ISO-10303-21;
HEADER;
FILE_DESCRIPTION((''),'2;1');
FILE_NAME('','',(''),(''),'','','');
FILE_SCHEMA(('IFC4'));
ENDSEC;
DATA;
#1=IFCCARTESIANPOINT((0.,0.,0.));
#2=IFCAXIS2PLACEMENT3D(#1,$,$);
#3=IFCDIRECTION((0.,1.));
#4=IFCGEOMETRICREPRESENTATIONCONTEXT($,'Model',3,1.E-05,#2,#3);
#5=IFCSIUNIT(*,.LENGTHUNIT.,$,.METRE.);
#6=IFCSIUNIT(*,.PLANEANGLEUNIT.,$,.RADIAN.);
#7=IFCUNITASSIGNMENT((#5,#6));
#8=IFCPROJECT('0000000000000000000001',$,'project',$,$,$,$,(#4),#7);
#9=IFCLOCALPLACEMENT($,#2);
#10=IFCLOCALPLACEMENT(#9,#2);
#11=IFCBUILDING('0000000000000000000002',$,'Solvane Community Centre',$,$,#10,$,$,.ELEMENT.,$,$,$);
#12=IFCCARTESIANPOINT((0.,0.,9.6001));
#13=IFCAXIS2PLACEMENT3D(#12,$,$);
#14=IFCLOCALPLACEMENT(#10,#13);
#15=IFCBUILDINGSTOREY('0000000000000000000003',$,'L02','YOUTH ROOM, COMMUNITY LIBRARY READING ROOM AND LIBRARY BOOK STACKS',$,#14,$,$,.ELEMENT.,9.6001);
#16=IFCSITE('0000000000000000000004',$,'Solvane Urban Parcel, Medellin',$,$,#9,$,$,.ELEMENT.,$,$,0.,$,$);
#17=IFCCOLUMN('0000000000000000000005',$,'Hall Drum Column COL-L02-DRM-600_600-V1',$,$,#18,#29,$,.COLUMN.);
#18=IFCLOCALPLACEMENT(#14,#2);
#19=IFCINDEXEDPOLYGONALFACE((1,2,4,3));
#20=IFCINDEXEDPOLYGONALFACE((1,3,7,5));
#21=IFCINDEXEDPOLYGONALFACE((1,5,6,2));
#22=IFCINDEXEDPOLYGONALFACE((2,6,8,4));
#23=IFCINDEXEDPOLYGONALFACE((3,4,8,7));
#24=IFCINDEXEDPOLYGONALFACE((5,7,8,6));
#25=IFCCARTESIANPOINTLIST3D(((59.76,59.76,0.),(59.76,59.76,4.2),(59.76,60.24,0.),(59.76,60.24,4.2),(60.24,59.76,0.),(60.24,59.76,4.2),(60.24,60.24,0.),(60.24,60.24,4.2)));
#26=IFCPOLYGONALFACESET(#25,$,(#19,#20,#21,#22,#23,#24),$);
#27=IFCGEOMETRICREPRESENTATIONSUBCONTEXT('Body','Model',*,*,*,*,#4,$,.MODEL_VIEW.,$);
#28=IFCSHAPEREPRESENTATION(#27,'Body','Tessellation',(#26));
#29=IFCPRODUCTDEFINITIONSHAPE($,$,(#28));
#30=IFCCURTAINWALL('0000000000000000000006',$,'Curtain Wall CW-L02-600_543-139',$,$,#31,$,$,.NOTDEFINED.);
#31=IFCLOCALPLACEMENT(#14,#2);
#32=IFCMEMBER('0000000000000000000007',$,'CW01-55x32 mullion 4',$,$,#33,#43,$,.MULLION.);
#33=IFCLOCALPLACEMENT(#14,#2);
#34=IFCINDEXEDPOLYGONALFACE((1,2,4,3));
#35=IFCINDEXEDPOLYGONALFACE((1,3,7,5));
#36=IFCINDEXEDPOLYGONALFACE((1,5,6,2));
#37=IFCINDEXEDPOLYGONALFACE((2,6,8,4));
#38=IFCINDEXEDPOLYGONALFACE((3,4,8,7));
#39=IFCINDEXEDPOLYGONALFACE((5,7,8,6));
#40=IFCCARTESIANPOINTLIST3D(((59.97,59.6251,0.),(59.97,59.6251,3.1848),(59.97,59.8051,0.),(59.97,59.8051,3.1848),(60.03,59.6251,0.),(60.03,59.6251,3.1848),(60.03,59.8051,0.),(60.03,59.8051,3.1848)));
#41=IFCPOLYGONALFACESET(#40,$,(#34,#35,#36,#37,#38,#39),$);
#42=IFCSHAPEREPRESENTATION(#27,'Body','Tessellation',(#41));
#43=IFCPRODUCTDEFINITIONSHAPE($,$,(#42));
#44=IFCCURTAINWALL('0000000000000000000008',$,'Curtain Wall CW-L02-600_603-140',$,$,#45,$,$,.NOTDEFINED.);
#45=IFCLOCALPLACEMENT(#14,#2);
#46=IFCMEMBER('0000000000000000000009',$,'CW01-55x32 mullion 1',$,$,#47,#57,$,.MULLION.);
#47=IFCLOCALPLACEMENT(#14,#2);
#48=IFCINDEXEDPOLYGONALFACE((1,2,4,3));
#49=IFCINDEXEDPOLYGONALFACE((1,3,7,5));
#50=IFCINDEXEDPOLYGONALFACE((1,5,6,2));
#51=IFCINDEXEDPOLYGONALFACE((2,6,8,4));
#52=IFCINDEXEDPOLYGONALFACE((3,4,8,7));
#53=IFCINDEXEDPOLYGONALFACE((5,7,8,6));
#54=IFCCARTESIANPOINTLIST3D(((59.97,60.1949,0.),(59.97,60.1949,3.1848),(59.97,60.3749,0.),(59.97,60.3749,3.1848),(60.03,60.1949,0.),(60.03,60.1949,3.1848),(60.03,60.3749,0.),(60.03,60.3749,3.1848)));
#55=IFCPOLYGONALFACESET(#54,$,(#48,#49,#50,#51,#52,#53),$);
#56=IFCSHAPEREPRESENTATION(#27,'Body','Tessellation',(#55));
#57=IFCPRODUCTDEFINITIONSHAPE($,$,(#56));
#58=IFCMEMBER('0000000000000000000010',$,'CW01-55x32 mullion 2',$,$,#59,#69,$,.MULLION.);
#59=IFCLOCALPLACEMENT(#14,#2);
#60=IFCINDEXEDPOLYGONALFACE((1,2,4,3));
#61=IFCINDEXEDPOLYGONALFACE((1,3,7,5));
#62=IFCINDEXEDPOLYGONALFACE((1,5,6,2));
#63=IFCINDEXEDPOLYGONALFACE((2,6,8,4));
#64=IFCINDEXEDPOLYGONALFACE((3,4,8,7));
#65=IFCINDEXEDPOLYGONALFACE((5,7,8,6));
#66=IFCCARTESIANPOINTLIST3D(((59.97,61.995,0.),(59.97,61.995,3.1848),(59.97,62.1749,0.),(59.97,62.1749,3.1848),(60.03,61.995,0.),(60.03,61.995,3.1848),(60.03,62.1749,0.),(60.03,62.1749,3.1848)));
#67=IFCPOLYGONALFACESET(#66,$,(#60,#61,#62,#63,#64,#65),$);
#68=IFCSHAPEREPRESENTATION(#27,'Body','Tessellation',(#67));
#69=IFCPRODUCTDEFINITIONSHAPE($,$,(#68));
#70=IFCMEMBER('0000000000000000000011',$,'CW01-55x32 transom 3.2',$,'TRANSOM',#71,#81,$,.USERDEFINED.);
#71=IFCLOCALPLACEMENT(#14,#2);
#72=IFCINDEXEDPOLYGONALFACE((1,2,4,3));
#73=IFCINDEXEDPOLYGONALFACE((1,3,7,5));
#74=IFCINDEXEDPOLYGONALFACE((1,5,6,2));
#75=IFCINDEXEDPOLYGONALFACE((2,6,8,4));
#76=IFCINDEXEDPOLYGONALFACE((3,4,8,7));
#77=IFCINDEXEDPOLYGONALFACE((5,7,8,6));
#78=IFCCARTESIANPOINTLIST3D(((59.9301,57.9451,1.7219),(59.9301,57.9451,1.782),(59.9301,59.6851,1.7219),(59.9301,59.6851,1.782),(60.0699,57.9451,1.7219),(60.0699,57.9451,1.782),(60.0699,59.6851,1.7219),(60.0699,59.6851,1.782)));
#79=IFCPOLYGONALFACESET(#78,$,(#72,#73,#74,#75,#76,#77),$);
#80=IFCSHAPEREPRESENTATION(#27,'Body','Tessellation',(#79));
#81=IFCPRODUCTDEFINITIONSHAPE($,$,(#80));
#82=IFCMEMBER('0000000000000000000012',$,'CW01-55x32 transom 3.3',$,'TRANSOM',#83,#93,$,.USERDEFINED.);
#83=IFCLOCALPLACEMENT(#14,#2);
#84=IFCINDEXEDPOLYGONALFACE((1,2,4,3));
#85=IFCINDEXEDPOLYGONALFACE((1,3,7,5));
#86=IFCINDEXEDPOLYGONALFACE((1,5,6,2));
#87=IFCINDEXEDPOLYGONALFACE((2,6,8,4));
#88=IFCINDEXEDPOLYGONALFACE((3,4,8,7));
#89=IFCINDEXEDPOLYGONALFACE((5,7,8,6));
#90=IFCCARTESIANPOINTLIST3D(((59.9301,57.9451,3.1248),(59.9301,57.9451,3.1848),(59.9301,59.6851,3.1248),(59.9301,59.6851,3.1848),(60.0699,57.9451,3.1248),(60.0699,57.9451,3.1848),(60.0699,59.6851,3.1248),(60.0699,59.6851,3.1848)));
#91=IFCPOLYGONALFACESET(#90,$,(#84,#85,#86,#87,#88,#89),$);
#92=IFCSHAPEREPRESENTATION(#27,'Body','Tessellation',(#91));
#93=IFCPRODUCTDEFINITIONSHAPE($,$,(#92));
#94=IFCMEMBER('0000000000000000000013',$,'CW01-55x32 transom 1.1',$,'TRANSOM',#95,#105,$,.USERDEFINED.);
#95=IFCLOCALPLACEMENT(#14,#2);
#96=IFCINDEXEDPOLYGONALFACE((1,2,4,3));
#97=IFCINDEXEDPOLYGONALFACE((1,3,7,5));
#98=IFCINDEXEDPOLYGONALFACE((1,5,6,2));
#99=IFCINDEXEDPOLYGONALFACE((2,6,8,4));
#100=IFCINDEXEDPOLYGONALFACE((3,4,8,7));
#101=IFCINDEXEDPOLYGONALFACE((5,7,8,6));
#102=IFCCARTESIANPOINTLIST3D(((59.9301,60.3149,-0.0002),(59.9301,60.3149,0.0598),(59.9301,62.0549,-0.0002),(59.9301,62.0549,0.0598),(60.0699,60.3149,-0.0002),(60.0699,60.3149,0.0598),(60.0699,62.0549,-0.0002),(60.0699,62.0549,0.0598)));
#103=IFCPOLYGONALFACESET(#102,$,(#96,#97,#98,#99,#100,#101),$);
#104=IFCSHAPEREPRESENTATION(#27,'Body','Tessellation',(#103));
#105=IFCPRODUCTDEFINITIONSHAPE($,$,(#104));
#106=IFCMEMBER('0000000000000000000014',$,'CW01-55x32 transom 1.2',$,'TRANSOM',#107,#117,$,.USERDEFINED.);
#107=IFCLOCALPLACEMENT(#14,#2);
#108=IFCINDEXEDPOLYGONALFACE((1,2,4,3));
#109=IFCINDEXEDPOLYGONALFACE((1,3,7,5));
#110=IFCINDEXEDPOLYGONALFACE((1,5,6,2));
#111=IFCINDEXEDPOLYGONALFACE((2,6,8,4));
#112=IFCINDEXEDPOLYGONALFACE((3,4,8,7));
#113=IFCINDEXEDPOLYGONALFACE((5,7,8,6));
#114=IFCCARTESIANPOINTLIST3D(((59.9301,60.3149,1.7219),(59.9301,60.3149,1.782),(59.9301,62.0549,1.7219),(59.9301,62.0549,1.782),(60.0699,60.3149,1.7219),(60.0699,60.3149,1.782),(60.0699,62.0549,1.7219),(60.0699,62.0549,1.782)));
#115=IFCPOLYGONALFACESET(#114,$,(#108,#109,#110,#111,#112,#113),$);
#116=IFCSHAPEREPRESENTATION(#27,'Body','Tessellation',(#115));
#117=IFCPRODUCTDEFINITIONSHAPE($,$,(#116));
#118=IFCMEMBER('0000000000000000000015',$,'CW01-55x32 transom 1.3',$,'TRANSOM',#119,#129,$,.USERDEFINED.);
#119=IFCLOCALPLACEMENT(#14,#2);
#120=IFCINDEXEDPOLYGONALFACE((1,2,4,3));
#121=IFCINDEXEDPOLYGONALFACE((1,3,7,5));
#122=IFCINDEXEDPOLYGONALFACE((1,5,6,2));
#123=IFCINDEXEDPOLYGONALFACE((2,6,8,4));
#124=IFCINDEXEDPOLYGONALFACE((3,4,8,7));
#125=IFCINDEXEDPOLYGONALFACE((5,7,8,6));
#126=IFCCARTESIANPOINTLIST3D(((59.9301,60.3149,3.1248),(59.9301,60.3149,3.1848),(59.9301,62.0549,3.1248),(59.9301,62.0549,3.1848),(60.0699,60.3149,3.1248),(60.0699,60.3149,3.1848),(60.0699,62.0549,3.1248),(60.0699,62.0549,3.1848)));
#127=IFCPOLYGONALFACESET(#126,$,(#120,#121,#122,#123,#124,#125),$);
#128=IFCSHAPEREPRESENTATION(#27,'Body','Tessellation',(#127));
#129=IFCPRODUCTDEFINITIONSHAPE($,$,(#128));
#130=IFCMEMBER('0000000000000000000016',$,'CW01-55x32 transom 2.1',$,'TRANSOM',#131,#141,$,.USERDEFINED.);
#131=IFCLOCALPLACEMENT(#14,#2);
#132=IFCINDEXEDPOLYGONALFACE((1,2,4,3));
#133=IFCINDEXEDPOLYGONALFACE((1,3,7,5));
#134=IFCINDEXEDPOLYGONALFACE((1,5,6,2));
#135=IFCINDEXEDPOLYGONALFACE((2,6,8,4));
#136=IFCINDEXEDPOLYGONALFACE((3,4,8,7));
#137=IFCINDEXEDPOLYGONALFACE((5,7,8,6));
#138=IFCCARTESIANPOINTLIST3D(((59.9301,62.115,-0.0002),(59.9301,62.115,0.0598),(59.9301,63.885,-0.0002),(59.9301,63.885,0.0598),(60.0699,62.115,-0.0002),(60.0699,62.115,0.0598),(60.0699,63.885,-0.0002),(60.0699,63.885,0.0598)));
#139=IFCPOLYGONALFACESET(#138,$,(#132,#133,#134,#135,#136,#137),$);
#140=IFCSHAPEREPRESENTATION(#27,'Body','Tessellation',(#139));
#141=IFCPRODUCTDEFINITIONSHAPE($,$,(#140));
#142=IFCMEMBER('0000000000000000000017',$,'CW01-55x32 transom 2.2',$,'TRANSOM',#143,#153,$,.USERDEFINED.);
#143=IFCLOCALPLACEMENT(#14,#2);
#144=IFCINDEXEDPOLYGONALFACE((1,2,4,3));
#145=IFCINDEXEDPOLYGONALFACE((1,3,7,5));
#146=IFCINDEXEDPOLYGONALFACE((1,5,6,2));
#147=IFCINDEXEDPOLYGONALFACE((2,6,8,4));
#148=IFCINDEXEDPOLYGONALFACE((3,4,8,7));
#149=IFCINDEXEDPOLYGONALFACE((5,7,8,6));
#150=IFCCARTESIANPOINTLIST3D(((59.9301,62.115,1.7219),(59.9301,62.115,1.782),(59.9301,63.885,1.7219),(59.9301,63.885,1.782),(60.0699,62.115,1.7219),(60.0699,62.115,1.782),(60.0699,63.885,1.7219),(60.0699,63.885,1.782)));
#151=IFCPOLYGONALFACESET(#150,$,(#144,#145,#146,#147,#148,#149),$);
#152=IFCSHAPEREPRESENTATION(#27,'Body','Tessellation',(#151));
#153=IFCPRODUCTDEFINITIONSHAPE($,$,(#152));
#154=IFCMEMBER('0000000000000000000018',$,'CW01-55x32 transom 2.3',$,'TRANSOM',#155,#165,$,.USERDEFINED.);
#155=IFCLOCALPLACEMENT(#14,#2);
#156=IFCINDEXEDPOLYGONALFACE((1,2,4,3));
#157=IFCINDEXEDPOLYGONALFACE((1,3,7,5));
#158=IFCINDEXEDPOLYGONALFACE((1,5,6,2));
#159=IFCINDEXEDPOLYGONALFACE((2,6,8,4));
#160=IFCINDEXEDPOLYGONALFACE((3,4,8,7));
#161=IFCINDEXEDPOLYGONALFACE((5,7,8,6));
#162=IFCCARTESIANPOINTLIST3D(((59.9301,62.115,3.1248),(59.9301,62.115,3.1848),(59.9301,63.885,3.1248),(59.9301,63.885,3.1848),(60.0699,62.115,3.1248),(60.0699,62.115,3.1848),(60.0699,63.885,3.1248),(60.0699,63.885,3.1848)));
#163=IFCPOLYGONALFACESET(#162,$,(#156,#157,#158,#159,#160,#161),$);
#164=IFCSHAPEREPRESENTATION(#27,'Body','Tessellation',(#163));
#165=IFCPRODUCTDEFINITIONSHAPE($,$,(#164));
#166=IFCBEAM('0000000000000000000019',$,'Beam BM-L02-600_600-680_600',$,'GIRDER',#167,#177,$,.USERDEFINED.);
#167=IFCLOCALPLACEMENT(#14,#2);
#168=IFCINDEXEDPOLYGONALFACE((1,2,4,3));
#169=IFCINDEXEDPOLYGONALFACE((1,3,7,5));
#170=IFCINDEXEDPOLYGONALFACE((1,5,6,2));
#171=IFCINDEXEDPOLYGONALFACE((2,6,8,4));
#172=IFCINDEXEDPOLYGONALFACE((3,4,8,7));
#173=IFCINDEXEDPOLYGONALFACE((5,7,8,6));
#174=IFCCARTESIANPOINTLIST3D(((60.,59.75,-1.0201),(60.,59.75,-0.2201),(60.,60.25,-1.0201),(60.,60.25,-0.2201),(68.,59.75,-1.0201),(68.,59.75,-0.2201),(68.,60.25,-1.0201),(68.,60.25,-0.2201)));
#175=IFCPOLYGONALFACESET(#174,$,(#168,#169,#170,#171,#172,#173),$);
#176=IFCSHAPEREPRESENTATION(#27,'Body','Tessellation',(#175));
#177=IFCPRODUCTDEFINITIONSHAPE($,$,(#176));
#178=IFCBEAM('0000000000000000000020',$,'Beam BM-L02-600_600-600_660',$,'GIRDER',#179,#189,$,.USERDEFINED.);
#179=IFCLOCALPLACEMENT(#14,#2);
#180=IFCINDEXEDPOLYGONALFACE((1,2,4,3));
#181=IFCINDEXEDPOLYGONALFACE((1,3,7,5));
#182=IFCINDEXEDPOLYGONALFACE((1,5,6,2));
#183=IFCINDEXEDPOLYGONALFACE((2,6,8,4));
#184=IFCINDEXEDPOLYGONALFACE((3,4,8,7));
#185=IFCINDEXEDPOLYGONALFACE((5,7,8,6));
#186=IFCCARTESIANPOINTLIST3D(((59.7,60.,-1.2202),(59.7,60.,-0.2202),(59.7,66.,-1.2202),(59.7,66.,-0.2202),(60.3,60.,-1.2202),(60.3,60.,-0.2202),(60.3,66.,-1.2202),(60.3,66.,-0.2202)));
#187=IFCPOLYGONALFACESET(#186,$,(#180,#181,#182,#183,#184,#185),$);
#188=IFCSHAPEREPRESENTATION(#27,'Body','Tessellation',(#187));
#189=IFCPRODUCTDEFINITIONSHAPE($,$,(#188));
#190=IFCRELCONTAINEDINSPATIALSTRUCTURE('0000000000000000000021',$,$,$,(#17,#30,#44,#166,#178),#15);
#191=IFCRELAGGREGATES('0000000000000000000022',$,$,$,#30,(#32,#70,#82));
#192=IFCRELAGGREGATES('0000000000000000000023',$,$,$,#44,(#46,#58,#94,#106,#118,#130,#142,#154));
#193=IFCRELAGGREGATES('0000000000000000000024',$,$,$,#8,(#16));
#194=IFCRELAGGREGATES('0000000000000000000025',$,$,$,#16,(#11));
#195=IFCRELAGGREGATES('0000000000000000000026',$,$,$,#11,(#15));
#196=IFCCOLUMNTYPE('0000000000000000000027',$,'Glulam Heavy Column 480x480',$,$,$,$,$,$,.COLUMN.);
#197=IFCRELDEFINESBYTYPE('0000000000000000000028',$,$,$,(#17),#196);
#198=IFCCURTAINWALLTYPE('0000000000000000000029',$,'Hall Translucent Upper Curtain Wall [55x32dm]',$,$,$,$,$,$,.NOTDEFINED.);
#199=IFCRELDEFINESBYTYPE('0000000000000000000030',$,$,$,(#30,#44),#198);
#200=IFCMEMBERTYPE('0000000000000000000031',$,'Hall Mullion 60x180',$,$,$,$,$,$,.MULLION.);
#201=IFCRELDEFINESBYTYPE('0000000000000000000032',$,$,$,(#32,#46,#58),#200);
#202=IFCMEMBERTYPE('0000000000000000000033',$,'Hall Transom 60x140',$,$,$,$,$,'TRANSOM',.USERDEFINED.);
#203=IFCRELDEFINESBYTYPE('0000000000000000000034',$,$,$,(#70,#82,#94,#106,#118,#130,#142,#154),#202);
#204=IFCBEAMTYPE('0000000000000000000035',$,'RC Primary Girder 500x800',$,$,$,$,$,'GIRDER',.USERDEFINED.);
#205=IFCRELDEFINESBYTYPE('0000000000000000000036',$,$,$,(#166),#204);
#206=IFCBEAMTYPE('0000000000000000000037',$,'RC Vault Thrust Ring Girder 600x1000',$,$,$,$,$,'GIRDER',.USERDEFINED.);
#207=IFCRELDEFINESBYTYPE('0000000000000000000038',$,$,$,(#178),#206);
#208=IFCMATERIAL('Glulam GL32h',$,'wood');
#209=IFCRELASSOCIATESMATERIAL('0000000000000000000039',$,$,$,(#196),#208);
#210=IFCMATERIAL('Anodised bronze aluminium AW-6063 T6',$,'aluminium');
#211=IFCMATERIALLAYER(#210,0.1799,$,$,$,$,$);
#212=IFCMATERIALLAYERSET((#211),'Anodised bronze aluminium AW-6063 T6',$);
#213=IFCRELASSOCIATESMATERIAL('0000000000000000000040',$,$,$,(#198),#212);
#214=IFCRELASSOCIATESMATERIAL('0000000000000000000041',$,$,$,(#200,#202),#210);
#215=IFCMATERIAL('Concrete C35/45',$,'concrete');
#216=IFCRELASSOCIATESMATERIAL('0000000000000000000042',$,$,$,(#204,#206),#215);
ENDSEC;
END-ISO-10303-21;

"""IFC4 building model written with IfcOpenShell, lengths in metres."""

from ifc_helpers import new_model, si_unit, direction, frame, origin, origin_2d, place, context, subcontext, project, spatial, rectangle, extrude, material, layer, layer_set, material_profile, profile_set, type_object, element, aggregate, save


model = new_model("IFC4")

# Units and contexts
model_context = context("Model", 3, precision=1e-05, world=origin(), true_north=direction((0.0, 1.0)))
body_context = subcontext(model_context, "Body", "Model", "MODEL_VIEW")
ifc_project = project(units=[si_unit("LENGTHUNIT", "METRE"), si_unit("PLANEANGLEUNIT", "RADIAN")], contexts=[model_context])

# Site, building, storey
site_placement = place(None, origin())
site = spatial("IfcSite", under=ifc_project, at=site_placement, Name="Solvane Urban Parcel, Medellin", CompositionType="ELEMENT", RefElevation=0.0)
building_placement = place(site_placement, origin())
building = spatial("IfcBuilding", under=site, at=building_placement, Name="Solvane Community Centre", CompositionType="ELEMENT")
storey_placement = place(building_placement, frame((0.0, 0.0, 9.6001)))
storey = spatial("IfcBuildingStorey", under=building, at=storey_placement, Name="L02", Description="YOUTH ROOM, COMMUNITY LIBRARY READING ROOM AND LIBRARY BOOK STACKS", CompositionType="ELEMENT", Elevation=9.6001)

# Column
ifc_material_1 = material(Name="Glulam GL32h", Category="wood")
ifc_material_profile_1 = material_profile(ifc_material_1, rectangle(XDim=0.48, YDim=0.48, at=origin_2d()), Name="GL32h 480x480")
ifc_profile_set_1 = profile_set([ifc_material_profile_1], Name="Glulam GL32h")
column_type = type_object("IfcColumnType", Name="Glulam Heavy Column 480x480", PredefinedType="COLUMN", material=ifc_profile_set_1)
column_placement = place(storey_placement, frame((60.0, 60.0, 0.0), z_axis=(0.0, 0.0, 1.0), x_axis=(1.0, 0.0, 0.0)))
element("IfcColumn", 1, at=column_placement, inside=storey, type_object=column_type, Name="Hall Drum Column COL-L02-DRM-600_600-V1", PredefinedType="COLUMN", context=body_context, shape_type="SweptSolid", body=[
    extrude(rectangle(XDim=0.48, YDim=0.48, at=origin_2d()), origin(), (0.0, 0.0, 1.0), 4.2),
])

# Curtain wall, member
ifc_material_2 = material(Name="Anodised bronze aluminium AW-6063 T6", Category="aluminium")
ifc_layer_1 = layer(ifc_material_2, 0.1799)
ifc_layer_set_1 = layer_set([ifc_layer_1], Name="Anodised bronze aluminium AW-6063 T6")
curtain_wall_type = type_object("IfcCurtainWallType", Name="Hall Translucent Upper Curtain Wall [55x32dm]", PredefinedType="NOTDEFINED", material=ifc_layer_set_1)
curtain_wall_1_placement = place(storey_placement, origin())
curtain_wall_1 = element("IfcCurtainWall", 2, at=curtain_wall_1_placement, inside=storey, type_object=curtain_wall_type, Name="Curtain Wall CW-L02-600_543-139", PredefinedType="NOTDEFINED")
ifc_material_profile_2 = material_profile(ifc_material_2, rectangle(XDim=0.0601, YDim=0.1799, at=origin_2d()), Name="CW-M 60x180")
ifc_profile_set_2 = profile_set([ifc_material_profile_2], Name="Anodised bronze aluminium AW-6063 T6")
member_type_1 = type_object("IfcMemberType", Name="Hall Mullion 60x180", PredefinedType="MULLION", material=ifc_profile_set_2)
member_1_placement = place(storey_placement, frame((60.0, 59.7151, 0.0), z_axis=(0.0, 0.0, 1.0), x_axis=(-1.0, 0.0, 0.0)))
member_1 = element("IfcMember", 3, at=member_1_placement, type_object=member_type_1, Name="CW01-55x32 mullion 4", PredefinedType="MULLION", context=body_context, shape_type="SweptSolid", body=[
    extrude(rectangle(XDim=0.0601, YDim=0.1799, at=origin_2d()), origin(), (0.0, 0.0, 1.0), 3.1848),
])

# Curtain wall, members
curtain_wall_2_placement = place(storey_placement, origin())
curtain_wall_2 = element("IfcCurtainWall", 4, at=curtain_wall_2_placement, inside=storey, type_object=curtain_wall_type, Name="Curtain Wall CW-L02-600_603-140", PredefinedType="NOTDEFINED")
member_2_placement = place(storey_placement, frame((60.0, 60.2849, 0.0), z_axis=(0.0, 0.0, 1.0), x_axis=(-1.0, 0.0, 0.0)))
member_2 = element("IfcMember", 5, at=member_2_placement, type_object=member_type_1, Name="CW01-55x32 mullion 1", PredefinedType="MULLION", context=body_context, shape_type="SweptSolid", body=[
    extrude(rectangle(XDim=0.0601, YDim=0.1799, at=origin_2d()), origin(), (0.0, 0.0, 1.0), 3.1848),
])
member_3_placement = place(storey_placement, frame((60.0, 62.085, 0.0), z_axis=(0.0, 0.0, 1.0), x_axis=(-1.0, 0.0, 0.0)))
member_3 = element("IfcMember", 6, at=member_3_placement, type_object=member_type_1, Name="CW01-55x32 mullion 2", PredefinedType="MULLION", context=body_context, shape_type="SweptSolid", body=[
    extrude(rectangle(XDim=0.0601, YDim=0.1799, at=origin_2d()), origin(), (0.0, 0.0, 1.0), 3.1848),
])

# Members
ifc_material_profile_3 = material_profile(ifc_material_2, rectangle(XDim=0.1399, YDim=0.0601, at=origin_2d()), Name="CW-T 60x140")
ifc_profile_set_3 = profile_set([ifc_material_profile_3], Name="Anodised bronze aluminium AW-6063 T6")
member_type_2 = type_object("IfcMemberType", Name="Hall Transom 60x140", ElementType="TRANSOM", PredefinedType="USERDEFINED", material=ifc_profile_set_3)
member_4_placement = place(storey_placement, frame((60.0, 57.9451, 1.752), z_axis=(0.0, 1.0, 0.0), x_axis=(-1.0, 0.0, 0.0)))
member_4 = element("IfcMember", 7, at=member_4_placement, type_object=member_type_2, Name="CW01-55x32 transom 3.2", ObjectType="TRANSOM", PredefinedType="USERDEFINED", context=body_context, shape_type="SweptSolid", body=[
    extrude(rectangle(XDim=0.1399, YDim=0.0601, at=origin_2d()), origin(), (0.0, 0.0, 1.0), 1.74),
])
member_5_placement = place(storey_placement, frame((60.0, 57.9451, 3.1548), z_axis=(0.0, 1.0, 0.0), x_axis=(-1.0, 0.0, 0.0)))
member_5 = element("IfcMember", 8, at=member_5_placement, type_object=member_type_2, Name="CW01-55x32 transom 3.3", ObjectType="TRANSOM", PredefinedType="USERDEFINED", context=body_context, shape_type="SweptSolid", body=[
    extrude(rectangle(XDim=0.1399, YDim=0.0601, at=origin_2d()), origin(), (0.0, 0.0, 1.0), 1.74),
])
member_6_placement = place(storey_placement, frame((60.0, 60.3149, 0.0298), z_axis=(0.0, 1.0, 0.0), x_axis=(-1.0, 0.0, 0.0)))
member_6 = element("IfcMember", 9, at=member_6_placement, type_object=member_type_2, Name="CW01-55x32 transom 1.1", ObjectType="TRANSOM", PredefinedType="USERDEFINED", context=body_context, shape_type="SweptSolid", body=[
    extrude(rectangle(XDim=0.1399, YDim=0.0601, at=origin_2d()), origin(), (0.0, 0.0, 1.0), 1.74),
])
member_7_placement = place(storey_placement, frame((60.0, 60.3149, 1.752), z_axis=(0.0, 1.0, 0.0), x_axis=(-1.0, 0.0, 0.0)))
member_7 = element("IfcMember", 10, at=member_7_placement, type_object=member_type_2, Name="CW01-55x32 transom 1.2", ObjectType="TRANSOM", PredefinedType="USERDEFINED", context=body_context, shape_type="SweptSolid", body=[
    extrude(rectangle(XDim=0.1399, YDim=0.0601, at=origin_2d()), origin(), (0.0, 0.0, 1.0), 1.74),
])
member_8_placement = place(storey_placement, frame((60.0, 60.3149, 3.1548), z_axis=(0.0, 1.0, 0.0), x_axis=(-1.0, 0.0, 0.0)))
member_8 = element("IfcMember", 11, at=member_8_placement, type_object=member_type_2, Name="CW01-55x32 transom 1.3", ObjectType="TRANSOM", PredefinedType="USERDEFINED", context=body_context, shape_type="SweptSolid", body=[
    extrude(rectangle(XDim=0.1399, YDim=0.0601, at=origin_2d()), origin(), (0.0, 0.0, 1.0), 1.74),
])
member_9_placement = place(storey_placement, frame((60.0, 62.115, 0.0298), z_axis=(0.0, 1.0, 0.0), x_axis=(-1.0, 0.0, 0.0)))
member_9 = element("IfcMember", 12, at=member_9_placement, type_object=member_type_2, Name="CW01-55x32 transom 2.1", ObjectType="TRANSOM", PredefinedType="USERDEFINED", context=body_context, shape_type="SweptSolid", body=[
    extrude(rectangle(XDim=0.1399, YDim=0.0601, at=origin_2d()), origin(), (0.0, 0.0, 1.0), 1.77),
])
member_10_placement = place(storey_placement, frame((60.0, 62.115, 1.752), z_axis=(0.0, 1.0, 0.0), x_axis=(-1.0, 0.0, 0.0)))
member_10 = element("IfcMember", 13, at=member_10_placement, type_object=member_type_2, Name="CW01-55x32 transom 2.2", ObjectType="TRANSOM", PredefinedType="USERDEFINED", context=body_context, shape_type="SweptSolid", body=[
    extrude(rectangle(XDim=0.1399, YDim=0.0601, at=origin_2d()), origin(), (0.0, 0.0, 1.0), 1.77),
])
member_11_placement = place(storey_placement, frame((60.0, 62.115, 3.1548), z_axis=(0.0, 1.0, 0.0), x_axis=(-1.0, 0.0, 0.0)))
member_11 = element("IfcMember", 14, at=member_11_placement, type_object=member_type_2, Name="CW01-55x32 transom 2.3", ObjectType="TRANSOM", PredefinedType="USERDEFINED", context=body_context, shape_type="SweptSolid", body=[
    extrude(rectangle(XDim=0.1399, YDim=0.0601, at=origin_2d()), origin(), (0.0, 0.0, 1.0), 1.77),
])

# Beams
ifc_material_3 = material(Name="Concrete C35/45", Category="concrete")
ifc_material_profile_4 = material_profile(ifc_material_3, rectangle(XDim=0.5, YDim=0.8, at=origin_2d()), Name="RC 500x800")
ifc_profile_set_4 = profile_set([ifc_material_profile_4], Name="Concrete C35/45")
beam_type_1 = type_object("IfcBeamType", Name="RC Primary Girder 500x800", ElementType="GIRDER", PredefinedType="USERDEFINED", material=ifc_profile_set_4)
beam_placement = place(storey_placement, frame((60.0, 60.0, -0.6201), z_axis=(1.0, 0.0, 0.0), x_axis=(0.0, 1.0, 0.0)))
element("IfcBeam", 15, at=beam_placement, inside=storey, type_object=beam_type_1, Name="Beam BM-L02-600_600-680_600", ObjectType="GIRDER", PredefinedType="USERDEFINED", context=body_context, shape_type="SweptSolid", body=[
    extrude(rectangle(XDim=0.5, YDim=0.8, at=origin_2d()), origin(), (0.0, 0.0, 1.0), 8.0),
])
ifc_material_profile_5 = material_profile(ifc_material_3, rectangle(XDim=0.6001, YDim=1.0, at=origin_2d()), Name="RC 600x1000")
ifc_profile_set_5 = profile_set([ifc_material_profile_5], Name="Concrete C35/45")
beam_type_2 = type_object("IfcBeamType", Name="RC Vault Thrust Ring Girder 600x1000", ElementType="GIRDER", PredefinedType="USERDEFINED", material=ifc_profile_set_5)
for number, where, z_axis, x_axis, name in (
    (16, (60.0, 60.0, -0.7202), (0.0, 1.0, 0.0), (-1.0, 0.0, 0.0), "Beam BM-L02-600_600-600_660"),
):
    element("IfcBeam", number, at=place(storey_placement, frame(where, z_axis=z_axis, x_axis=x_axis)), inside=storey, type_object=beam_type_2, Name=name, ObjectType="GIRDER", PredefinedType="USERDEFINED", context=body_context, shape_type="SweptSolid", body=[
        extrude(rectangle(XDim=0.6001, YDim=1.0, at=origin_2d()), origin(), (0.0, 0.0, 1.0), 6.0),
    ])

aggregate(curtain_wall_1, [member_1, member_4, member_5])
aggregate(curtain_wall_2, [member_2, member_3, member_6, member_7, member_8, member_9, member_10, member_11])

save(model, "model.ifc")
